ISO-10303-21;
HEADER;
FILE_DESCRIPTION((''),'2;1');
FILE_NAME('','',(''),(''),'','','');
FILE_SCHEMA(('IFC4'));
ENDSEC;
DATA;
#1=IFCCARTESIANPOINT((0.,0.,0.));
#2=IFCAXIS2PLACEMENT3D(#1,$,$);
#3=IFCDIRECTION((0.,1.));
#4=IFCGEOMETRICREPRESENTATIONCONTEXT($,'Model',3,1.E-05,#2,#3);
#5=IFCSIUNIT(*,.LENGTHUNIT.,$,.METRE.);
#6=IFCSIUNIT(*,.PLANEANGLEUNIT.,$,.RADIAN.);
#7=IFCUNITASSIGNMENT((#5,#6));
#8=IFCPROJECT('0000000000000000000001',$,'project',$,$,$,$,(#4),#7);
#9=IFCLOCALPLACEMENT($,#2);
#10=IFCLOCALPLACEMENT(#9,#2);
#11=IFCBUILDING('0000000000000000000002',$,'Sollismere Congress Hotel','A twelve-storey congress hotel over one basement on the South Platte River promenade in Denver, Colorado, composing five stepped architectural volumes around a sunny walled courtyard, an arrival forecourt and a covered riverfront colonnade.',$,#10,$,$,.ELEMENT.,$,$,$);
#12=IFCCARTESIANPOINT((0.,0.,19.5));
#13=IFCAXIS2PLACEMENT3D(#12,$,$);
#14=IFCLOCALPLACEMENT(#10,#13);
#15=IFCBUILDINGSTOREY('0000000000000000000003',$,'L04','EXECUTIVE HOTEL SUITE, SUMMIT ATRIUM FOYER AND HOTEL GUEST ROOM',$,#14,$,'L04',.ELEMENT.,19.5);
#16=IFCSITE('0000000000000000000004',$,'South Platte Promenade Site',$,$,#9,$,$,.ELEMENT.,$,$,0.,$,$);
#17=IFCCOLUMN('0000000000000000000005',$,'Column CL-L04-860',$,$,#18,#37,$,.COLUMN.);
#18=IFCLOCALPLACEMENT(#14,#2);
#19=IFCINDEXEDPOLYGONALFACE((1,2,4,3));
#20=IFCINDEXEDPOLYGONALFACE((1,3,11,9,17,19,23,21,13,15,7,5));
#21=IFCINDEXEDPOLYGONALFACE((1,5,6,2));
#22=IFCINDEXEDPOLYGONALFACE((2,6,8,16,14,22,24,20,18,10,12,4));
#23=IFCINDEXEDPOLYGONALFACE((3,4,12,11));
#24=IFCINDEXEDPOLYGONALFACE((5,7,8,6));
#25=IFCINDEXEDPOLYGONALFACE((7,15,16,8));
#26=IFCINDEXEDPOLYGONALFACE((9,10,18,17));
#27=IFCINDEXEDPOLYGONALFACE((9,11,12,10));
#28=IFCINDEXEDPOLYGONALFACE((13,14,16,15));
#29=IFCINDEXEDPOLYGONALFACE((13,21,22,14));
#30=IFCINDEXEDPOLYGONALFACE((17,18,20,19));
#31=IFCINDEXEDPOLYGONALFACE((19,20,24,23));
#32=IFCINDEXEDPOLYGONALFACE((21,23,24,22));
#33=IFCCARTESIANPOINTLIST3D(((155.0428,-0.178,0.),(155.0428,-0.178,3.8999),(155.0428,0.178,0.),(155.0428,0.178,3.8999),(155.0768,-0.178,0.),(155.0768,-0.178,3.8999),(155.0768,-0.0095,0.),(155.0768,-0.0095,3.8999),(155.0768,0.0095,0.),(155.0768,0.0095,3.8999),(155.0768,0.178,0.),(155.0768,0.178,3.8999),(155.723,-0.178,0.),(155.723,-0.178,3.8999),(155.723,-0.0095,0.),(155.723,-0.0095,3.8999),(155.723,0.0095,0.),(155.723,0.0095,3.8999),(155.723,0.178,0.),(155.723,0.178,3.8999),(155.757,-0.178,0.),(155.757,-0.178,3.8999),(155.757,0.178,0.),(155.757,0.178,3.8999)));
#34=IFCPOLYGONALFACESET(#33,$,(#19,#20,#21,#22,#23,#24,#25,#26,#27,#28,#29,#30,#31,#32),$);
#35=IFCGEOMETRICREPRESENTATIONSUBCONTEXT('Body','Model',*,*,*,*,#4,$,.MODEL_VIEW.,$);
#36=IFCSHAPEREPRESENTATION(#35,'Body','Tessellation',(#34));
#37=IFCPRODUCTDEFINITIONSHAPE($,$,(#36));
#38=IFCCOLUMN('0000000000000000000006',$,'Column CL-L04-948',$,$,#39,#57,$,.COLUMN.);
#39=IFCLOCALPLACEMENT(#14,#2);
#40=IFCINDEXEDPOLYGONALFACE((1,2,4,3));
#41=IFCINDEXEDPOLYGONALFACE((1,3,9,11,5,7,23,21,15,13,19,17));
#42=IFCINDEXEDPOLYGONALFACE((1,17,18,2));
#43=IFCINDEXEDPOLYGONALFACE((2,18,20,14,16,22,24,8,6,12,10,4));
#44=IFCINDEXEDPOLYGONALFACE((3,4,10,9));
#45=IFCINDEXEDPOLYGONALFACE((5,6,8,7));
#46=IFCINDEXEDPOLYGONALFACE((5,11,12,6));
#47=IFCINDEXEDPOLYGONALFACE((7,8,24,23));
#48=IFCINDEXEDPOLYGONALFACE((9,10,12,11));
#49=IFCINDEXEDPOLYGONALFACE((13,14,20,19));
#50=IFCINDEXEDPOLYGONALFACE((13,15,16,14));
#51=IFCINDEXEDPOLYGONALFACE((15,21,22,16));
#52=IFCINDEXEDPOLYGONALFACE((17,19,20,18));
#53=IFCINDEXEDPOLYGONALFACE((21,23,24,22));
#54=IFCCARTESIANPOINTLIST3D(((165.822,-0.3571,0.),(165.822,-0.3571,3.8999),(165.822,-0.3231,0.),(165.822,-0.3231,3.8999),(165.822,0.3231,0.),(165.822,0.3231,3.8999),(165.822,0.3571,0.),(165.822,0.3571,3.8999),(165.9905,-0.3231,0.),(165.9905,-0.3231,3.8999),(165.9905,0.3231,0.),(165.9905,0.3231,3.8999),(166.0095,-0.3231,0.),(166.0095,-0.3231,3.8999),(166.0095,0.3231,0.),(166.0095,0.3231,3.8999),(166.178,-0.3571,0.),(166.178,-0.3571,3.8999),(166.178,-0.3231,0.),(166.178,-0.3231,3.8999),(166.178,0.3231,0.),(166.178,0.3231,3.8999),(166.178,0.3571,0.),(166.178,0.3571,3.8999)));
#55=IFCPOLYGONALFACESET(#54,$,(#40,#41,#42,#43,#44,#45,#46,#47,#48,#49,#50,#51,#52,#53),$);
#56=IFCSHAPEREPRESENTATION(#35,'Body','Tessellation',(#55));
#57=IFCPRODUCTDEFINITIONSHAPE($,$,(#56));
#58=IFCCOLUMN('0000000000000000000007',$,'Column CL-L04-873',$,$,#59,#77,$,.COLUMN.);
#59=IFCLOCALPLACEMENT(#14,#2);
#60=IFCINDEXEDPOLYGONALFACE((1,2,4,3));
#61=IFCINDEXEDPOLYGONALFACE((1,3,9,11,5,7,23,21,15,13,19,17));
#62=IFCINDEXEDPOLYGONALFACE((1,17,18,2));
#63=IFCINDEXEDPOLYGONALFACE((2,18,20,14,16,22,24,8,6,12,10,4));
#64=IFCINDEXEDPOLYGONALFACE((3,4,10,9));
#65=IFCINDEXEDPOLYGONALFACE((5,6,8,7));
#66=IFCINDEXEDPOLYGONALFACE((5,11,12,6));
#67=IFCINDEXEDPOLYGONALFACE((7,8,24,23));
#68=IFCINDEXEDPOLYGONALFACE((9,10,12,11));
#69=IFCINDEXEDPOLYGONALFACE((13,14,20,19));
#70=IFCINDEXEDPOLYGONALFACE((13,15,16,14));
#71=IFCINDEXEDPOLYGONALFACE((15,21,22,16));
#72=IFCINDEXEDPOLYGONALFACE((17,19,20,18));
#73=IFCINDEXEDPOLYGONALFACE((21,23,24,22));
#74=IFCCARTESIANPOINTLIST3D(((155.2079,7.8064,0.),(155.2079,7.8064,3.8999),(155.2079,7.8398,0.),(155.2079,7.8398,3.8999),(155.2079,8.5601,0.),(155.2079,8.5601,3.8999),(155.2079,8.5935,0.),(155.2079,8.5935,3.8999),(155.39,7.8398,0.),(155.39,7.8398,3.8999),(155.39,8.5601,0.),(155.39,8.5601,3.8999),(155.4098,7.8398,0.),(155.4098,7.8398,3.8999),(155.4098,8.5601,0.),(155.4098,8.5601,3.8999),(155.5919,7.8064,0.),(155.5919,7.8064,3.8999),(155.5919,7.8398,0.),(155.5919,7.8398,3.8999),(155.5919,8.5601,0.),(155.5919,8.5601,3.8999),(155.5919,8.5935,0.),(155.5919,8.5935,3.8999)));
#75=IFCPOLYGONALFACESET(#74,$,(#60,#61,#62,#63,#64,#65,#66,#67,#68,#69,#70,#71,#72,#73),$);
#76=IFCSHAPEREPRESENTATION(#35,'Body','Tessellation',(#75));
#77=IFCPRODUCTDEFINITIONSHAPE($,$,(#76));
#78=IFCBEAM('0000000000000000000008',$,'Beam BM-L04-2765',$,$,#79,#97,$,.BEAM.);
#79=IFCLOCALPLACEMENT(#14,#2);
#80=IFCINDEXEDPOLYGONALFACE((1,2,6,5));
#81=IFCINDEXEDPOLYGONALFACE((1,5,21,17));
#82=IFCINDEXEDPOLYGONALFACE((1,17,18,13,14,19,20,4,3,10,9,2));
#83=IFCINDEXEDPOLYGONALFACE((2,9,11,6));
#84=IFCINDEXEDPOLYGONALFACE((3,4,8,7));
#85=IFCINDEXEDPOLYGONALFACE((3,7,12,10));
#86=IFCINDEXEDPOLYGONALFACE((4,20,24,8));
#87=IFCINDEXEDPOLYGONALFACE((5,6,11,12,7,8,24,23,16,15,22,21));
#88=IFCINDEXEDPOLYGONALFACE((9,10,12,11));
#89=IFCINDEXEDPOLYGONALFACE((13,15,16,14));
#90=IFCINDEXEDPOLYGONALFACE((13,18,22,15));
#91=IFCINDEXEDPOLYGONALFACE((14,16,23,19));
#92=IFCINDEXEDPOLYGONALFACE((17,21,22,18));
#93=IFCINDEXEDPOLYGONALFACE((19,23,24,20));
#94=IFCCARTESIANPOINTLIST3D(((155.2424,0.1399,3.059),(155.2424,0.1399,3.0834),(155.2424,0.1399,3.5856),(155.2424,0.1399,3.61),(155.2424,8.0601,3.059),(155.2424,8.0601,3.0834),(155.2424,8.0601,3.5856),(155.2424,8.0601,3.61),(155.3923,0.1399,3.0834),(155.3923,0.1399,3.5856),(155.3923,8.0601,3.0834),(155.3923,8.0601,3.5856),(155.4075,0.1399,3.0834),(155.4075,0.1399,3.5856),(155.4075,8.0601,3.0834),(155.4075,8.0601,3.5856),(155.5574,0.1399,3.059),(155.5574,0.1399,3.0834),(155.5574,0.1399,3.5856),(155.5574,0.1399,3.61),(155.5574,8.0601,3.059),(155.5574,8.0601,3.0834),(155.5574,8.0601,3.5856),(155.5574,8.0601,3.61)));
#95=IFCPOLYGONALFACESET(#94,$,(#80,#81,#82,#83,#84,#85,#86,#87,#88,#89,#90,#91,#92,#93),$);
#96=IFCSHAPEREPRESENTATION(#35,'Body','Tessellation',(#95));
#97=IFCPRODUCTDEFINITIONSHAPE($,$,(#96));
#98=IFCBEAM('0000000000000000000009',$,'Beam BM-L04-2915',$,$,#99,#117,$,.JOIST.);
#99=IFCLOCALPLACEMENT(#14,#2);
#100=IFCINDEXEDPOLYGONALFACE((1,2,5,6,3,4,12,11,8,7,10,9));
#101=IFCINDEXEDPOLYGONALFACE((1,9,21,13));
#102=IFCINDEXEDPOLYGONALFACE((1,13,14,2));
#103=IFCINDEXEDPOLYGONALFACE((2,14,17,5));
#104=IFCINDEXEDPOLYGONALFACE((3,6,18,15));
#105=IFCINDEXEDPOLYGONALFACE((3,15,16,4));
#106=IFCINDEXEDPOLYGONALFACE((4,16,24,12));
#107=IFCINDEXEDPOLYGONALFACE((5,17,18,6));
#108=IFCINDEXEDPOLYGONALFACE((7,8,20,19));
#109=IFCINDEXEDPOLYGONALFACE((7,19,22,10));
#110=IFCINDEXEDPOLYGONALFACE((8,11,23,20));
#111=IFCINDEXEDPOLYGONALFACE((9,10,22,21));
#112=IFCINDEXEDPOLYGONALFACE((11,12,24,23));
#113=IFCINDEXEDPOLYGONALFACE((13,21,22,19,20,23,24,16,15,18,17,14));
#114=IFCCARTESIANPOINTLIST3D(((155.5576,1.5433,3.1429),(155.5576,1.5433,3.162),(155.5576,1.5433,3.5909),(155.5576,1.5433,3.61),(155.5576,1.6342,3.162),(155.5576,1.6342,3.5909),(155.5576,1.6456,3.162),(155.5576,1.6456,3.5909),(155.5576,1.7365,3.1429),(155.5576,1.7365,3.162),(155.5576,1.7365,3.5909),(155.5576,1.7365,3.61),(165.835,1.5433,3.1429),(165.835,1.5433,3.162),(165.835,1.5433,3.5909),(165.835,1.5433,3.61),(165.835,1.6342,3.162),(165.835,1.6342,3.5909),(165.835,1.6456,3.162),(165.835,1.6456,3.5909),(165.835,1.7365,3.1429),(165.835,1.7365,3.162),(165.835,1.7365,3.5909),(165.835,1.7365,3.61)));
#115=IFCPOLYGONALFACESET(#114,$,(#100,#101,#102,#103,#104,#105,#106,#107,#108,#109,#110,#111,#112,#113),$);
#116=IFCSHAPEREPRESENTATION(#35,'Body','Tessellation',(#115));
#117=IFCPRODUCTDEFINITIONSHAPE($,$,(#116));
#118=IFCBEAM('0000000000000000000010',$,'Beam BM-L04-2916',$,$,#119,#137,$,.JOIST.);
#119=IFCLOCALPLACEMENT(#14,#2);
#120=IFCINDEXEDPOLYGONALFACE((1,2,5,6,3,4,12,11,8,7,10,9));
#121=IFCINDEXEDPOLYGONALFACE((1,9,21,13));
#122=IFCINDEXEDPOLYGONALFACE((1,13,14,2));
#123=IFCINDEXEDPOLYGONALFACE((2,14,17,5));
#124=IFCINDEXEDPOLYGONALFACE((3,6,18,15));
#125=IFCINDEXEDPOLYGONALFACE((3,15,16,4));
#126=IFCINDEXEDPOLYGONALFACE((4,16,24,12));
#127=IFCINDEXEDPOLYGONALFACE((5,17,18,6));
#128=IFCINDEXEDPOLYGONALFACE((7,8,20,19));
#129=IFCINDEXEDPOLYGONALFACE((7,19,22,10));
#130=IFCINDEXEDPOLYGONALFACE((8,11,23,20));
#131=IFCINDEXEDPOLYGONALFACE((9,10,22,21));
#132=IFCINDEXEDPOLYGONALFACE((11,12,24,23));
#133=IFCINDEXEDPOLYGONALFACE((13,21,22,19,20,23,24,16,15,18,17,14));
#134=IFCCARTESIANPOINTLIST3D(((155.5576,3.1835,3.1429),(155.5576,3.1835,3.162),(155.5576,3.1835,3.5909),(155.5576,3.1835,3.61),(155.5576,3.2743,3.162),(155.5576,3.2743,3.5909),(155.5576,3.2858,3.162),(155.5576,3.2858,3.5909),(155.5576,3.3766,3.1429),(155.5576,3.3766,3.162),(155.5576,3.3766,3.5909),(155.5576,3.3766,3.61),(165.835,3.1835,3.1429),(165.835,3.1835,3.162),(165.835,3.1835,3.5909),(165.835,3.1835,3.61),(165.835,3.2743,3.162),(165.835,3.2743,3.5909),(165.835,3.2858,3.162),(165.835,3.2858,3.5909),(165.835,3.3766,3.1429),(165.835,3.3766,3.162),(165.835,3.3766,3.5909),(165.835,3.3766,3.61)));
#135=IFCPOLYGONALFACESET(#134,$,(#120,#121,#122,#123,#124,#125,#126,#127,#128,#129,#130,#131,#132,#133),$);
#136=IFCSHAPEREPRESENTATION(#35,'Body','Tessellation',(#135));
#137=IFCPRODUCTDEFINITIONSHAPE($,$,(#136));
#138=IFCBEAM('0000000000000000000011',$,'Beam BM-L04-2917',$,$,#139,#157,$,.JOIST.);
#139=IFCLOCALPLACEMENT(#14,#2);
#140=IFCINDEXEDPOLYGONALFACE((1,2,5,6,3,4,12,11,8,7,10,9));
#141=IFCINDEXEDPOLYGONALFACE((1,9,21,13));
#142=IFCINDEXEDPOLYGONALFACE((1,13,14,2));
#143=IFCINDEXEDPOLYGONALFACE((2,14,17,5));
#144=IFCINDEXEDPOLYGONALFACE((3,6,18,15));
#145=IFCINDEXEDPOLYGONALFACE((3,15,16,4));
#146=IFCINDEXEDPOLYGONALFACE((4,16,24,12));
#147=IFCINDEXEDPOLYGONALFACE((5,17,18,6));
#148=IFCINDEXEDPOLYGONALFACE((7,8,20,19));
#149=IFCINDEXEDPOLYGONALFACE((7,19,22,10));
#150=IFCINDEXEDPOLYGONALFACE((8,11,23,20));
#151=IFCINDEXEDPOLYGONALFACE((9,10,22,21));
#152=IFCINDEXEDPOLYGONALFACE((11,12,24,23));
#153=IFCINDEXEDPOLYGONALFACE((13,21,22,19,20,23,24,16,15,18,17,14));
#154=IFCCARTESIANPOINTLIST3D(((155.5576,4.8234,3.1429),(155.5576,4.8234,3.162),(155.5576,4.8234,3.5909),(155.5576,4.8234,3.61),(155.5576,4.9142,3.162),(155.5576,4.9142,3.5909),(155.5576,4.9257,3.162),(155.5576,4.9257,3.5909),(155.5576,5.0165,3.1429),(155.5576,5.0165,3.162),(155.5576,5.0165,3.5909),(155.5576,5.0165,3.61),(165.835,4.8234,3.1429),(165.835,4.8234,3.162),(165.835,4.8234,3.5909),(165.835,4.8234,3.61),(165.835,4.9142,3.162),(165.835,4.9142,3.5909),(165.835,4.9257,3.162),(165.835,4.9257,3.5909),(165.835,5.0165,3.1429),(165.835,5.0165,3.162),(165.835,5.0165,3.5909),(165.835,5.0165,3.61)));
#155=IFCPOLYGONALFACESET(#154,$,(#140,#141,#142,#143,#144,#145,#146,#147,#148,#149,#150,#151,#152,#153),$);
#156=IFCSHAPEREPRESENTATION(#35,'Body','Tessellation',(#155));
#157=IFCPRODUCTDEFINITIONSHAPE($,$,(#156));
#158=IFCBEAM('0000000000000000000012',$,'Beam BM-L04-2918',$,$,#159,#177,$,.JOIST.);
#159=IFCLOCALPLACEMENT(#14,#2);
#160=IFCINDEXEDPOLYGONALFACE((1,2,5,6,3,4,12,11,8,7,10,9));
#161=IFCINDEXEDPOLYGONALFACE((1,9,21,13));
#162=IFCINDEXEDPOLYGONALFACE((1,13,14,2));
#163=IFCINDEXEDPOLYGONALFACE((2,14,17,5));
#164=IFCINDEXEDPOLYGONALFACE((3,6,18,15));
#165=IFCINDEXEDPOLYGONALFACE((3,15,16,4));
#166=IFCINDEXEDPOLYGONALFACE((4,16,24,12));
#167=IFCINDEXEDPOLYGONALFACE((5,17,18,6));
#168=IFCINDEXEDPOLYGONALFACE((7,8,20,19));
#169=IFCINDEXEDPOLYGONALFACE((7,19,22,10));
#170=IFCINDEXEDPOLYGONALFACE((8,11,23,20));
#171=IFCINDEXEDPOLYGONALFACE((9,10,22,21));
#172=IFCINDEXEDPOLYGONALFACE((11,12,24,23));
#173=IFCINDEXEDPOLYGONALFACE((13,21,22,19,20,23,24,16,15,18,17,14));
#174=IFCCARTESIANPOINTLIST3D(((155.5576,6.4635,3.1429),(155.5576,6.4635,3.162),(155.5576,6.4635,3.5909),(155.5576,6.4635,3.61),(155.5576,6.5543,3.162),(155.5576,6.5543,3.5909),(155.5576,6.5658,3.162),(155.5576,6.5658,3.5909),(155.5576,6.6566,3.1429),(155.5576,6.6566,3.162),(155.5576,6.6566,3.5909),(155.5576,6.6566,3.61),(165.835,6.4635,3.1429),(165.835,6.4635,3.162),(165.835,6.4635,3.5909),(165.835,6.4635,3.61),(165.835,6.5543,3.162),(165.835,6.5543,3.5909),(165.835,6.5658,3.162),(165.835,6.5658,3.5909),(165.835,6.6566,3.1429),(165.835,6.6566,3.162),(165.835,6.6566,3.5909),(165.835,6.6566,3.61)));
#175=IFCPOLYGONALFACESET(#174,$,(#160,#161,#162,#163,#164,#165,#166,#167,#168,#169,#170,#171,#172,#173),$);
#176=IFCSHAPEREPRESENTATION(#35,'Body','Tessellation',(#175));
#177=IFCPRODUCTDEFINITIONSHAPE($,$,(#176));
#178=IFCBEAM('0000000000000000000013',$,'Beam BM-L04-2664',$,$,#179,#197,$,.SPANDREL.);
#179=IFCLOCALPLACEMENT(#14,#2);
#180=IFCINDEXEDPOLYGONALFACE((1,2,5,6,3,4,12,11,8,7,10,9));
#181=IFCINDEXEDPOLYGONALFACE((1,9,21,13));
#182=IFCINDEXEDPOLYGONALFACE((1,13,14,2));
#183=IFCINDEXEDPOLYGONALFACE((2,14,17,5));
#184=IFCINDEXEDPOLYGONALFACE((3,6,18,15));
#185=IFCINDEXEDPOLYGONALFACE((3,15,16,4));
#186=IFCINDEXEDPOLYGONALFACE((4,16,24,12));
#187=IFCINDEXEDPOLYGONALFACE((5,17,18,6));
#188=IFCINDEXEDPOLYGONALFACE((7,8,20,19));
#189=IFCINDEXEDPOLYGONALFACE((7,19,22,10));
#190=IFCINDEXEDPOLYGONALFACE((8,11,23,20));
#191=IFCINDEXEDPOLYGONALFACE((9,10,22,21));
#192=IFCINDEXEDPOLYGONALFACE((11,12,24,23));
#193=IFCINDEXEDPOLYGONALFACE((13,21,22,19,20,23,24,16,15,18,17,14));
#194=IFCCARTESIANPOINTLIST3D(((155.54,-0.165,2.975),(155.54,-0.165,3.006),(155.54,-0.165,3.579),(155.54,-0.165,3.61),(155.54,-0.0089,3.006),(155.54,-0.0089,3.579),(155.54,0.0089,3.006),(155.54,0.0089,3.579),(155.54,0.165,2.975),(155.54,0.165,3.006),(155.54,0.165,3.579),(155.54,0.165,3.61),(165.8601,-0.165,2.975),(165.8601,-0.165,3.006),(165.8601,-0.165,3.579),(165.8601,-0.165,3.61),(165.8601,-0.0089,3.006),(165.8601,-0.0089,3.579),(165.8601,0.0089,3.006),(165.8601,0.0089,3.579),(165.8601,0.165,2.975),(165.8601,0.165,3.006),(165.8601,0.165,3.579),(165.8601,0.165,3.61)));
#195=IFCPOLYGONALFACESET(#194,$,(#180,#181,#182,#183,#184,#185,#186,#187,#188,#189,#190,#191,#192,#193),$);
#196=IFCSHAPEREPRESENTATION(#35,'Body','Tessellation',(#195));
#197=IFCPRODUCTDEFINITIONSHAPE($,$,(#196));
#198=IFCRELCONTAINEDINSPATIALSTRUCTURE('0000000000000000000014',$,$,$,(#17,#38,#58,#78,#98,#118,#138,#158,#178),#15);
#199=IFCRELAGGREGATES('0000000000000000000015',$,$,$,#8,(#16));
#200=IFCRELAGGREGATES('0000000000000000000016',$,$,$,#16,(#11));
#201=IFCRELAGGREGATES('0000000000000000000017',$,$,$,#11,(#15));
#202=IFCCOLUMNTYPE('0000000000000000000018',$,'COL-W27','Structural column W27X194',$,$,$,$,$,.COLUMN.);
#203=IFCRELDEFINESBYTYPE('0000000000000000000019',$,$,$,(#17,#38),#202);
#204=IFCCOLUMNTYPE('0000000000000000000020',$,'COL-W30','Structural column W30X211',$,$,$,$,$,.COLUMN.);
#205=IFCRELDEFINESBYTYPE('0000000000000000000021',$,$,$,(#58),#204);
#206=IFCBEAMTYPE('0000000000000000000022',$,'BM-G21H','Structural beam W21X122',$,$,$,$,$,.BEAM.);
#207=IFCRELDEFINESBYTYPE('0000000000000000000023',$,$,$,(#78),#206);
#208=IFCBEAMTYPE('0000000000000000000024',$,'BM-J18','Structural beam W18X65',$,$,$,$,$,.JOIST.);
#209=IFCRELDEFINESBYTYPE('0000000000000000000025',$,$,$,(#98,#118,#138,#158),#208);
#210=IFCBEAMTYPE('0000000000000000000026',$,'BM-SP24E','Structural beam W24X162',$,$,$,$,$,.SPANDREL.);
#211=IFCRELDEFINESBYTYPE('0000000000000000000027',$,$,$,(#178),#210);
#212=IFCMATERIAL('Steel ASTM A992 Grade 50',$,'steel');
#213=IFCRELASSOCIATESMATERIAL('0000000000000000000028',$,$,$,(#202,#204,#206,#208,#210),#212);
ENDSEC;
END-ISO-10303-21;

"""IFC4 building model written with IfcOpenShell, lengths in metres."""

from ifc_helpers import new_model, si_unit, direction, frame, origin, origin_2d, place, context, subcontext, project, spatial, i_section, extrude, material, material_profile, profile_set, type_object, element, save


model = new_model("IFC4")

# Units and contexts
model_context = context("Model", 3, precision=1e-05, world=origin(), true_north=direction((0.0, 1.0)))
body_context = subcontext(model_context, "Body", "Model", "MODEL_VIEW")
ifc_project = project(units=[si_unit("LENGTHUNIT", "METRE"), si_unit("PLANEANGLEUNIT", "RADIAN")], contexts=[model_context])

# Site, building, storey
site_placement = place(None, origin())
site = spatial("IfcSite", under=ifc_project, at=site_placement, Name="South Platte Promenade Site", CompositionType="ELEMENT", RefElevation=0.0)
building_placement = place(site_placement, origin())
building = spatial("IfcBuilding", under=site, at=building_placement, Name="Sollismere Congress Hotel", Description="A twelve-storey congress hotel over one basement on the South Platte River promenade in Denver, Colorado, composing five stepped architectural volumes around a sunny walled courtyard, an arrival forecourt and a covered riverfront colonnade.", CompositionType="ELEMENT")
storey_placement = place(building_placement, frame((0.0, 0.0, 19.5)))
storey = spatial("IfcBuildingStorey", under=building, at=storey_placement, Name="L04", Description="EXECUTIVE HOTEL SUITE, SUMMIT ATRIUM FOYER AND HOTEL GUEST ROOM", LongName="L04", CompositionType="ELEMENT", Elevation=19.5)

# Columns
ifc_material_1 = material(Name="Steel ASTM A992 Grade 50", Category="steel")
ifc_material_profile_1 = material_profile(ifc_material_1, i_section(OverallWidth=0.356, OverallDepth=0.7141, WebThickness=0.019, FlangeThickness=0.0339, at=origin_2d()), Name="W27X194")
ifc_profile_set_1 = profile_set([ifc_material_profile_1], Name="Steel ASTM A992 Grade 50")
column_type_1 = type_object("IfcColumnType", Name="COL-W27", Description="Structural column W27X194", PredefinedType="COLUMN", material=ifc_profile_set_1)
for number, where, z_axis, x_axis, name in (
    (1, (155.3999, 0.0, 0.0), (0.0, 0.0, 1.0), (0.0, 1.0, 0.0), "Column CL-L04-860"),
    (2, (166.0, 0.0, 0.0), (0.0, 0.0, 1.0), (1.0, 0.0, 0.0), "Column CL-L04-948"),
):
    element("IfcColumn", number, at=place(storey_placement, frame(where, z_axis=z_axis, x_axis=x_axis)), inside=storey, type_object=column_type_1, Name=name, PredefinedType="COLUMN", context=body_context, shape_type="SweptSolid", body=[
        extrude(i_section(OverallWidth=0.356, OverallDepth=0.7141, WebThickness=0.019, FlangeThickness=0.0339, at=origin_2d()), origin(), (0.0, 0.0, 1.0), 3.8999),
    ])
ifc_material_profile_2 = material_profile(ifc_material_1, i_section(OverallWidth=0.384, OverallDepth=0.7871, WebThickness=0.0198, FlangeThickness=0.0334, at=origin_2d()), Name="W30X211")
ifc_profile_set_2 = profile_set([ifc_material_profile_2], Name="Steel ASTM A992 Grade 50")
column_type_2 = type_object("IfcColumnType", Name="COL-W30", Description="Structural column W30X211", PredefinedType="COLUMN", material=ifc_profile_set_2)
column_placement = place(storey_placement, frame((155.3999, 8.2, 0.0), z_axis=(0.0, 0.0, 1.0), x_axis=(1.0, 0.0, 0.0)))
element("IfcColumn", 3, at=column_placement, inside=storey, type_object=column_type_2, Name="Column CL-L04-873", PredefinedType="COLUMN", context=body_context, shape_type="SweptSolid", body=[
    extrude(i_section(OverallWidth=0.384, OverallDepth=0.7871, WebThickness=0.0198, FlangeThickness=0.0334, at=origin_2d()), origin(), (0.0, 0.0, 1.0), 3.8999),
])

# Beams
ifc_material_profile_3 = material_profile(ifc_material_1, i_section(OverallWidth=0.3149, OverallDepth=0.551, WebThickness=0.0151, FlangeThickness=0.0244, at=origin_2d()), Name="W21X122")
ifc_profile_set_3 = profile_set([ifc_material_profile_3], Name="Steel ASTM A992 Grade 50")
beam_type_1 = type_object("IfcBeamType", Name="BM-G21H", Description="Structural beam W21X122", PredefinedType="BEAM", material=ifc_profile_set_3)
beam_1_placement = place(storey_placement, frame((155.3999, 0.1399, 3.3345), z_axis=(0.0, 1.0, 0.0), x_axis=(-1.0, 0.0, 0.0)))
element("IfcBeam", 4, at=beam_1_placement, inside=storey, type_object=beam_type_1, Name="Beam BM-L04-2765", PredefinedType="BEAM", context=body_context, shape_type="SweptSolid", body=[
    extrude(i_section(OverallWidth=0.3149, OverallDepth=0.551, WebThickness=0.0151, FlangeThickness=0.0244, at=origin_2d()), origin(), (0.0, 0.0, 1.0), 7.9202),
])
ifc_material_profile_4 = material_profile(ifc_material_1, i_section(OverallWidth=0.1931, OverallDepth=0.467, WebThickness=0.0115, FlangeThickness=0.019, at=origin_2d()), Name="W18X65")
ifc_profile_set_4 = profile_set([ifc_material_profile_4], Name="Steel ASTM A992 Grade 50")
beam_type_2 = type_object("IfcBeamType", Name="BM-J18", Description="Structural beam W18X65", PredefinedType="JOIST", material=ifc_profile_set_4)
for number, where, z_axis, x_axis, name in (
    (5, (155.5576, 1.6399, 3.3765), (1.0, 0.0, 0.0), (0.0, 1.0, 0.0), "Beam BM-L04-2915"),
    (6, (155.5576, 3.28, 3.3765), (1.0, 0.0, 0.0), (0.0, 1.0, 0.0), "Beam BM-L04-2916"),
    (7, (155.5576, 4.9199, 3.3765), (1.0, 0.0, 0.0), (0.0, 1.0, 0.0), "Beam BM-L04-2917"),
    (8, (155.5576, 6.5601, 3.3765), (1.0, 0.0, 0.0), (0.0, 1.0, 0.0), "Beam BM-L04-2918"),
):
    element("IfcBeam", number, at=place(storey_placement, frame(where, z_axis=z_axis, x_axis=x_axis)), inside=storey, type_object=beam_type_2, Name=name, PredefinedType="JOIST", context=body_context, shape_type="SweptSolid", body=[
        extrude(i_section(OverallWidth=0.1931, OverallDepth=0.467, WebThickness=0.0115, FlangeThickness=0.019, at=origin_2d()), origin(), (0.0, 0.0, 1.0), 10.2773),
    ])
ifc_material_profile_5 = material_profile(ifc_material_1, i_section(OverallWidth=0.3301, OverallDepth=0.635, WebThickness=0.0178, FlangeThickness=0.031, at=origin_2d()), Name="W24X162")
ifc_profile_set_5 = profile_set([ifc_material_profile_5], Name="Steel ASTM A992 Grade 50")
beam_type_3 = type_object("IfcBeamType", Name="BM-SP24E", Description="Structural beam W24X162", PredefinedType="SPANDREL", material=ifc_profile_set_5)
beam_2_placement = place(storey_placement, frame((155.54, 0.0, 3.2925), z_axis=(1.0, 0.0, 0.0), x_axis=(0.0, 1.0, 0.0)))
element("IfcBeam", 9, at=beam_2_placement, inside=storey, type_object=beam_type_3, Name="Beam BM-L04-2664", PredefinedType="SPANDREL", context=body_context, shape_type="SweptSolid", body=[
    extrude(i_section(OverallWidth=0.3301, OverallDepth=0.635, WebThickness=0.0178, FlangeThickness=0.031, at=origin_2d()), origin(), (0.0, 0.0, 1.0), 10.3201),
])

save(model, "model.ifc")
